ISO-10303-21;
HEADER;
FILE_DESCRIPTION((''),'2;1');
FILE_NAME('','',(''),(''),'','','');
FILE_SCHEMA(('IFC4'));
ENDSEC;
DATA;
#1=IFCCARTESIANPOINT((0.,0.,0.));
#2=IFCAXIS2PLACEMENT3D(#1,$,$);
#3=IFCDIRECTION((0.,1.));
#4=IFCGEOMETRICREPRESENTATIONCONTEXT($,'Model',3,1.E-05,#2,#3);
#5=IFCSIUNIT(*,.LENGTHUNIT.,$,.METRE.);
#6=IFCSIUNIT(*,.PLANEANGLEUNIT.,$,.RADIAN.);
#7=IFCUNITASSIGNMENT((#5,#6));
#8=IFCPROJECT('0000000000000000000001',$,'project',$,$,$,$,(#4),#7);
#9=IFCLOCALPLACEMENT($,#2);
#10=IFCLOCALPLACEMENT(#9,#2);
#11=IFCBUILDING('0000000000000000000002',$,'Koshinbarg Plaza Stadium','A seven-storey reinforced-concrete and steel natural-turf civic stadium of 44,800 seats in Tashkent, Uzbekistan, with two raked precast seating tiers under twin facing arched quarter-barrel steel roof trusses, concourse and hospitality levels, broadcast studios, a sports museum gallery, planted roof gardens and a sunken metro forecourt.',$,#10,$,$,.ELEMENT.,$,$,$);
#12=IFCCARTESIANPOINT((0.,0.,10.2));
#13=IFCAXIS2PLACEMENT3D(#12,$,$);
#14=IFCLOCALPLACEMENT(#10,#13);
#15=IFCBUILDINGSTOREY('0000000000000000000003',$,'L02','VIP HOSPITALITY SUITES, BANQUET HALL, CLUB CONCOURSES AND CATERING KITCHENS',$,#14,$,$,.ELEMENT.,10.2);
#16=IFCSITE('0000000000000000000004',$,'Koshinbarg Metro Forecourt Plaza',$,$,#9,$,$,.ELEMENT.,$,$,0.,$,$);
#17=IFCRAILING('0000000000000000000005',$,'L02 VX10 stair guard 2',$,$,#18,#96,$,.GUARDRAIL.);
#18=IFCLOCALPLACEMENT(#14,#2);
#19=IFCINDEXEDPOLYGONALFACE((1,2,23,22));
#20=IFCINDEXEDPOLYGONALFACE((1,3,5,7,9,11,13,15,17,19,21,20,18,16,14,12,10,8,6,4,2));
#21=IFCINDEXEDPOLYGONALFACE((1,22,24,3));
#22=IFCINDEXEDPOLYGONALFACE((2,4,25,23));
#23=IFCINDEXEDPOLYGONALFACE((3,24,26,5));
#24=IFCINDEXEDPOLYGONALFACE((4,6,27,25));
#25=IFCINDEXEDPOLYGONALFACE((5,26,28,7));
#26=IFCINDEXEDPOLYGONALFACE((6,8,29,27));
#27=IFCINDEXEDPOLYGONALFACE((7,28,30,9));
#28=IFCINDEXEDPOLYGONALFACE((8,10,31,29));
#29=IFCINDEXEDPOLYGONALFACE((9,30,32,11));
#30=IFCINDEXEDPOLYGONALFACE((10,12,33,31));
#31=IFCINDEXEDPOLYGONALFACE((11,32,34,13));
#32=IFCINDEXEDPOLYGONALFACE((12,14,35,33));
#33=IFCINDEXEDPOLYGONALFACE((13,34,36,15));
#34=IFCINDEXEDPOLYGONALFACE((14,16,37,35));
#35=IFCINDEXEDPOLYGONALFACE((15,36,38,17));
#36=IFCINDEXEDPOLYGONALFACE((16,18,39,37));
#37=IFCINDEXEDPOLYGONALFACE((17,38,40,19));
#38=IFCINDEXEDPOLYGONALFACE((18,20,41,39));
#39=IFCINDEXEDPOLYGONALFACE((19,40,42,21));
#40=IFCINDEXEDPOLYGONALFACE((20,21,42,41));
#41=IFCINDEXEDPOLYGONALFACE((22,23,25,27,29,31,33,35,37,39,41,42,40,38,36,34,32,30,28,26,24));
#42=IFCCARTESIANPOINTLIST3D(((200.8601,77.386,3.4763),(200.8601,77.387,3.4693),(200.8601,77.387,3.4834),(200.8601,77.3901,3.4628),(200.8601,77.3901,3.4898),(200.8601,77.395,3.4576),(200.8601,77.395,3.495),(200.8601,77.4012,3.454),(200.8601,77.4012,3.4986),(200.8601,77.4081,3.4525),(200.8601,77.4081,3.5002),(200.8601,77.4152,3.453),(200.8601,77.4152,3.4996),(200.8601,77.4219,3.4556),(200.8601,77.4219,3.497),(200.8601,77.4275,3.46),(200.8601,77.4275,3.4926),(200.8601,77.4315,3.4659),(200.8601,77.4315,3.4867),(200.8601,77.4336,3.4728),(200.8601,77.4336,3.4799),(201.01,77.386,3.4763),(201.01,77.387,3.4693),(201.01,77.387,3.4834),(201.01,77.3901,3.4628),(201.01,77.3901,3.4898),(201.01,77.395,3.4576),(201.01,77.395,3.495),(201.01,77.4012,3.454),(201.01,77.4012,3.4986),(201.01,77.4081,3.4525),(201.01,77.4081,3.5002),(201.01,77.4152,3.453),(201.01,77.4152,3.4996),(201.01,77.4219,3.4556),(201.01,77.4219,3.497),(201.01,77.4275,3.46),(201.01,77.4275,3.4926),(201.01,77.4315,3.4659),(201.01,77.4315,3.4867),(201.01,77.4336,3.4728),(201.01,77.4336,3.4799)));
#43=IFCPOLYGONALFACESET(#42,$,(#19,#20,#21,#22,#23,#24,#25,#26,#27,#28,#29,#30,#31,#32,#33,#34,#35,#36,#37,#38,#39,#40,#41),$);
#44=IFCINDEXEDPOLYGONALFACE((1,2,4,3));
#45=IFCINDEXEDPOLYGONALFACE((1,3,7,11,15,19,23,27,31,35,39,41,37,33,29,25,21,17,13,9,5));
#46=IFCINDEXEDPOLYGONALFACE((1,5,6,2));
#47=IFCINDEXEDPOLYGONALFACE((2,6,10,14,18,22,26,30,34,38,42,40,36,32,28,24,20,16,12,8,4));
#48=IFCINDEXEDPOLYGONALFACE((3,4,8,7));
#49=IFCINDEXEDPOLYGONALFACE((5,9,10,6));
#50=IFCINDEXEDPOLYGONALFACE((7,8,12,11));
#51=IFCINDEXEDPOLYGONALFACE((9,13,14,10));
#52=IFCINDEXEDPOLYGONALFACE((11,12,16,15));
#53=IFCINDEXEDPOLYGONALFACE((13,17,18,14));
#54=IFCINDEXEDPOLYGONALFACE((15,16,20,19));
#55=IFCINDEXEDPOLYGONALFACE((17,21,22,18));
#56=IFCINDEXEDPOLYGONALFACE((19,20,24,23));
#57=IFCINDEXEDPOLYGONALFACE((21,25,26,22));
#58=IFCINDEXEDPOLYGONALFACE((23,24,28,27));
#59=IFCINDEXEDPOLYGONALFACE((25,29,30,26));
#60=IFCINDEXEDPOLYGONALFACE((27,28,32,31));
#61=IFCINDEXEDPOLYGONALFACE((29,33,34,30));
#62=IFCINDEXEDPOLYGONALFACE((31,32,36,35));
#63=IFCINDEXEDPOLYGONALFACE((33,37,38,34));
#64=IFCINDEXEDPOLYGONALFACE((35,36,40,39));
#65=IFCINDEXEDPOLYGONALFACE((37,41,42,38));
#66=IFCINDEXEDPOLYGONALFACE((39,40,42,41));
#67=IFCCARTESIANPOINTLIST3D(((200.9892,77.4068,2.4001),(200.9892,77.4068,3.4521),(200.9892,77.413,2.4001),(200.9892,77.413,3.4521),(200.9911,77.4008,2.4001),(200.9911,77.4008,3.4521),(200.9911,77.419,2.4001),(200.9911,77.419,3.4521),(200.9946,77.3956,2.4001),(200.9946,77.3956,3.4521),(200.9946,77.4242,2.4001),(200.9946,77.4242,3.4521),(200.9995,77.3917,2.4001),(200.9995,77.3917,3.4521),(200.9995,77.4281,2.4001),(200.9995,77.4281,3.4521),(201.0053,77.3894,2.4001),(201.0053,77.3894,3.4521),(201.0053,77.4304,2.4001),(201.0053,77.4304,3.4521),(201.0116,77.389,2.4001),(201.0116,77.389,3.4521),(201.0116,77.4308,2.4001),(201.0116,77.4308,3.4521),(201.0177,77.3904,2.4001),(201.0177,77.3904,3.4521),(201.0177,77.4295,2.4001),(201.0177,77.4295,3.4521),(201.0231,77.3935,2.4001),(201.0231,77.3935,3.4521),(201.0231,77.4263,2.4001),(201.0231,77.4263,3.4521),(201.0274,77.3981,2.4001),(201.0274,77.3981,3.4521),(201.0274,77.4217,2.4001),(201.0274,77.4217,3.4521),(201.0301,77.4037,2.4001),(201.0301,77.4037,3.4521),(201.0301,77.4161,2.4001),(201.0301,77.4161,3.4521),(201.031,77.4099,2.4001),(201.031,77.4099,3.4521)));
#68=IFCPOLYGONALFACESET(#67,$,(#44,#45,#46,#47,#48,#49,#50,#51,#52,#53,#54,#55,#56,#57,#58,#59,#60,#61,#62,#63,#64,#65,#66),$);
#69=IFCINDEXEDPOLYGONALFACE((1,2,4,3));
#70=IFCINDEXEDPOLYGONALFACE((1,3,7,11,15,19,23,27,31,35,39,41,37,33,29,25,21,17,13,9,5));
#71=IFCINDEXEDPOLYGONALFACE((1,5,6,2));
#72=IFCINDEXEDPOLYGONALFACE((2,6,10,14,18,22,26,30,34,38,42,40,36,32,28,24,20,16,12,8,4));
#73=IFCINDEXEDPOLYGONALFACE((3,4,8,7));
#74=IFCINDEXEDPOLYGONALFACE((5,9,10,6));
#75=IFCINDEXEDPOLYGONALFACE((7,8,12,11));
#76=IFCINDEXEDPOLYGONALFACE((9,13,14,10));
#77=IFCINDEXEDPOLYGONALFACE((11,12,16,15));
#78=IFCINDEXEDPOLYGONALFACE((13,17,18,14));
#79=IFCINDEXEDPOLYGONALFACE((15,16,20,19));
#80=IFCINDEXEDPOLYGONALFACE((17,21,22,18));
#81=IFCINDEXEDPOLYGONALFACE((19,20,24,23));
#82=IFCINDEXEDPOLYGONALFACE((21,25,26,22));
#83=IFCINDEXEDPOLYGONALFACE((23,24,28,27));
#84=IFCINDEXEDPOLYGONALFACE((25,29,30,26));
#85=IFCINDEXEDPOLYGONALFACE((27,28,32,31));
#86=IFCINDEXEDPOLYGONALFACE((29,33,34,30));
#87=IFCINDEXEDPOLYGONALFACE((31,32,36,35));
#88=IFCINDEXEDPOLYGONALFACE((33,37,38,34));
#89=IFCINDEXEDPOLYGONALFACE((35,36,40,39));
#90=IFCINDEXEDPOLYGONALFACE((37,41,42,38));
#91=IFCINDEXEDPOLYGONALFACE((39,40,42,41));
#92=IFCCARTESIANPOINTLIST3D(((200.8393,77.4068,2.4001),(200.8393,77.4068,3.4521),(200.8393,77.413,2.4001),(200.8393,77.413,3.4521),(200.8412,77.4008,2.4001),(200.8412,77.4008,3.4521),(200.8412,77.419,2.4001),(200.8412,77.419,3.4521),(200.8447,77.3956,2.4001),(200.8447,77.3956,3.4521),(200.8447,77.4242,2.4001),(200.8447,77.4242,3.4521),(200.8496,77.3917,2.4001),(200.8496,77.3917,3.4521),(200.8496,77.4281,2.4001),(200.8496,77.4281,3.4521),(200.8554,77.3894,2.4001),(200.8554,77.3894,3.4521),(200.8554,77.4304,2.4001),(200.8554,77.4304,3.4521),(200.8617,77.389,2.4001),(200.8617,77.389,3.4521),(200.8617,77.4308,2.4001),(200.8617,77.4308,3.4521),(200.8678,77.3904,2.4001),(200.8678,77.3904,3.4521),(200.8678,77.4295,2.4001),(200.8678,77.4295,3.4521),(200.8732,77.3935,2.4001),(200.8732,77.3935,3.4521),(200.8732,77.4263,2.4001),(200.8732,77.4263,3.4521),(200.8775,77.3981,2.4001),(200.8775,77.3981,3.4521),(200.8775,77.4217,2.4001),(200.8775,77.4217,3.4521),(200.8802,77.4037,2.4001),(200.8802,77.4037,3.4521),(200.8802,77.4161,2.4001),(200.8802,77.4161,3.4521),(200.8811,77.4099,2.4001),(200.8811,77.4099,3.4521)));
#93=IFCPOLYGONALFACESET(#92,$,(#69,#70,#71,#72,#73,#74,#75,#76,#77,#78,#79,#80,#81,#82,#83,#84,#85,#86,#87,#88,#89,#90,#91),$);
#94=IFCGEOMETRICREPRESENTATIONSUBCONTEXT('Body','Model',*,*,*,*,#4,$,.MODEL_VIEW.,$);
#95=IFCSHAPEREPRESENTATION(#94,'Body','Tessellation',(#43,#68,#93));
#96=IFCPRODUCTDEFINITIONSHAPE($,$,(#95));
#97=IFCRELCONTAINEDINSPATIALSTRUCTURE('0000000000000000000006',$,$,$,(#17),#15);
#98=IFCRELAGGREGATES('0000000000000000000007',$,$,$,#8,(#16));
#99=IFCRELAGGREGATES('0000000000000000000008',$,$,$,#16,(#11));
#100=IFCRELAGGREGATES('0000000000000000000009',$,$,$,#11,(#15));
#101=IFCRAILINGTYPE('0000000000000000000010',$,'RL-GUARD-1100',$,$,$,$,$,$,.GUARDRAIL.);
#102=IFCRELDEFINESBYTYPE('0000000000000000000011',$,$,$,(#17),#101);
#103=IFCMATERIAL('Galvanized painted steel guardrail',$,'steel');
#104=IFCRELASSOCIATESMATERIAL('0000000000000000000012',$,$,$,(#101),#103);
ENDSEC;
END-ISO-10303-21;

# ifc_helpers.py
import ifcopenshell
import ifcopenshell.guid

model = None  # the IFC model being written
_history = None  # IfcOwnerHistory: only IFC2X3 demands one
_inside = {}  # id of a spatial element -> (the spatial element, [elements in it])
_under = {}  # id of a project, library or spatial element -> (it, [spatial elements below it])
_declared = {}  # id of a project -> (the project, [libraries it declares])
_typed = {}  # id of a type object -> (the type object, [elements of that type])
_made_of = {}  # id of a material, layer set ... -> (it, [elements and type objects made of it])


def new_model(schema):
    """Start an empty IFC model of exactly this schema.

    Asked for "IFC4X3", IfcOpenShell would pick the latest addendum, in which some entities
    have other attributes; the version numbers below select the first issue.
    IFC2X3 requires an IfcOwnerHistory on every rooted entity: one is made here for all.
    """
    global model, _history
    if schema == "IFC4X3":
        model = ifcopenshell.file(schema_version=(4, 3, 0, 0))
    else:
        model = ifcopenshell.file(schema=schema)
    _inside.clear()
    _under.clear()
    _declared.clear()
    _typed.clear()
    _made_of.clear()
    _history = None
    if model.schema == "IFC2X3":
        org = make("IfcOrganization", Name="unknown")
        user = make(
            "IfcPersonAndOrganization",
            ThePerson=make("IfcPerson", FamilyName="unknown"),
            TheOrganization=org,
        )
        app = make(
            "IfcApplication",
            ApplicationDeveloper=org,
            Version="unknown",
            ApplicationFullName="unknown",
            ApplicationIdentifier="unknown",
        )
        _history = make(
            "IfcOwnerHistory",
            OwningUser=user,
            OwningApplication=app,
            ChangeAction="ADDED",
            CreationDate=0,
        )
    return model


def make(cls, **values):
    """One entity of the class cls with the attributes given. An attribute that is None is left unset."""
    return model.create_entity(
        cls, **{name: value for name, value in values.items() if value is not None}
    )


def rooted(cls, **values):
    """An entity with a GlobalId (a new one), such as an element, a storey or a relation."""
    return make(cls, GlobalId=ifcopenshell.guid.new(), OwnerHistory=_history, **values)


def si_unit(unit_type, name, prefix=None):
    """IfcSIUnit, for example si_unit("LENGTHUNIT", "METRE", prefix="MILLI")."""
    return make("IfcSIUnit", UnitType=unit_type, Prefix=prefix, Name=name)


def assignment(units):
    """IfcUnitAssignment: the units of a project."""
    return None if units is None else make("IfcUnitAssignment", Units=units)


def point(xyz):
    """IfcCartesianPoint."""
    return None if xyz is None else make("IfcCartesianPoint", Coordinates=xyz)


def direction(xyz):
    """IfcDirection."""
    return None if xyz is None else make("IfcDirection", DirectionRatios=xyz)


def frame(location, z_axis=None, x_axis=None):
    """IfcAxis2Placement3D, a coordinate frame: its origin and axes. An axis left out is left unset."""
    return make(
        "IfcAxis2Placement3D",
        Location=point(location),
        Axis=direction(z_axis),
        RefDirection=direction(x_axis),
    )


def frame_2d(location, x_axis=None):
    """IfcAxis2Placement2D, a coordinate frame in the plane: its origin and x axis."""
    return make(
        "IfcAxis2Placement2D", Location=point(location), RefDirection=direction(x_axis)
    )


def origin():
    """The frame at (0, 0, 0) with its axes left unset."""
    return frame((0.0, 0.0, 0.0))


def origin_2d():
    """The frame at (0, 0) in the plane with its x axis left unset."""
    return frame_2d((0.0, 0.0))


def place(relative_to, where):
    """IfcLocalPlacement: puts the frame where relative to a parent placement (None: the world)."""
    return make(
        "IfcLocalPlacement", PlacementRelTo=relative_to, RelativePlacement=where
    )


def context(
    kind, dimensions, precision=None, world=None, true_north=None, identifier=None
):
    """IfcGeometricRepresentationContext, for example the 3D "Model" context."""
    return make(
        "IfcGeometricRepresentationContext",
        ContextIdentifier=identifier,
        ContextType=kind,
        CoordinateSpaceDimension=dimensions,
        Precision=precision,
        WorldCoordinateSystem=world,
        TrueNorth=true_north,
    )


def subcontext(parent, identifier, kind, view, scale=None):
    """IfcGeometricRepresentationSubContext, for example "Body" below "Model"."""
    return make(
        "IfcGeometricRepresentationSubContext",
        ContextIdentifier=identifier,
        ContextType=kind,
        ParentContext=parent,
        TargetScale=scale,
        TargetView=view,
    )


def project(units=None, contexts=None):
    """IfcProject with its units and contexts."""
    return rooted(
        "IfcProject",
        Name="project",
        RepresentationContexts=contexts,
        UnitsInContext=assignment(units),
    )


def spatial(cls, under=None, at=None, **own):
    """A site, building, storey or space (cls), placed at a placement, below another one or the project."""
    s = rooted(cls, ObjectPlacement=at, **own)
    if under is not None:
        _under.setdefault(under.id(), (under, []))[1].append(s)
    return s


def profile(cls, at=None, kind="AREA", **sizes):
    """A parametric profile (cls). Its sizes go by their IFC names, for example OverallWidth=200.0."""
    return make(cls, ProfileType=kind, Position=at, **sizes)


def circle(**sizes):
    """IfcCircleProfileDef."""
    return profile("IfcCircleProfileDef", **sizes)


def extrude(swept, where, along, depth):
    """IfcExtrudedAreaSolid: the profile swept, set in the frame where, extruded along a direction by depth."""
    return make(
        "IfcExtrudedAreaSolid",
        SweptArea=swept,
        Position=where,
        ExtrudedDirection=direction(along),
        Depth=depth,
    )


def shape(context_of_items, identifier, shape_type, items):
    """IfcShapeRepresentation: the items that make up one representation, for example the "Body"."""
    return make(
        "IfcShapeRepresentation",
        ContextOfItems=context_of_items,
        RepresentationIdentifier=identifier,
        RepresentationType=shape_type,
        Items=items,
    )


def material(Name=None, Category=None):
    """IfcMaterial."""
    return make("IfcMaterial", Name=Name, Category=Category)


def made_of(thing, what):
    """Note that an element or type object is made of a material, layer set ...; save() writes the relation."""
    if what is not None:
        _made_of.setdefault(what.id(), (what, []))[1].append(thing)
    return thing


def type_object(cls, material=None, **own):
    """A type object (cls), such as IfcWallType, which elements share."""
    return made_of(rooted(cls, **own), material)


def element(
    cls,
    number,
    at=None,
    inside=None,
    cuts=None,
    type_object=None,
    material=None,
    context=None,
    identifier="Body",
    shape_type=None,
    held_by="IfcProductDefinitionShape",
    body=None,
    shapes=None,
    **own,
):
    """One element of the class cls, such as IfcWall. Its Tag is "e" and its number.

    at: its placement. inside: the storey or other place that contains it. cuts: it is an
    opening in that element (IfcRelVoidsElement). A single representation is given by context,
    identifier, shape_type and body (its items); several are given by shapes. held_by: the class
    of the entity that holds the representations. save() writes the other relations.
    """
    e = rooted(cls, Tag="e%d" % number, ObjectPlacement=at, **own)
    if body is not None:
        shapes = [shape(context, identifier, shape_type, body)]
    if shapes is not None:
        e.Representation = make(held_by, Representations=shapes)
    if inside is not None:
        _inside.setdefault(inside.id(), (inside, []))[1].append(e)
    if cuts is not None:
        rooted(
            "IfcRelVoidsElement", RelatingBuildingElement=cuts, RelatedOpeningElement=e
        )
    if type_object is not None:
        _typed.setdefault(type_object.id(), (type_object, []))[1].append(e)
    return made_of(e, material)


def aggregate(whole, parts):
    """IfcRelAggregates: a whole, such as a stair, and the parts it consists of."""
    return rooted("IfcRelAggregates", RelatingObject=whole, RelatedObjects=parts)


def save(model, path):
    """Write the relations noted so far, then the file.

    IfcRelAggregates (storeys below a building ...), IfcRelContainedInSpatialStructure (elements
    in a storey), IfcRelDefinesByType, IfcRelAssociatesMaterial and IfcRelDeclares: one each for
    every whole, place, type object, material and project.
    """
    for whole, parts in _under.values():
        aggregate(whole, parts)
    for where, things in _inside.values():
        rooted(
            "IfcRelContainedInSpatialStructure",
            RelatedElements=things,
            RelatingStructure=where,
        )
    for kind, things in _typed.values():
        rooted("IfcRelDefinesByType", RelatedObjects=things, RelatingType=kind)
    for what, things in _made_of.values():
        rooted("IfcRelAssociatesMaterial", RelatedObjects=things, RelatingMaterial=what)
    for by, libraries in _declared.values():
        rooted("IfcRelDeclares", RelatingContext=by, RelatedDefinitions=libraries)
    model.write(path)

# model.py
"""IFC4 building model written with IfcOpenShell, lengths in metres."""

from ifc_helpers import new_model, si_unit, direction, frame, origin, origin_2d, place, context, subcontext, project, spatial, circle, extrude, material, type_object, element, save


model = new_model("IFC4")

# Units and contexts
model_context = context("Model", 3, precision=1e-05, world=origin(), true_north=direction((0.0, 1.0)))
body_context = subcontext(model_context, "Body", "Model", "MODEL_VIEW")
ifc_project = project(units=[si_unit("LENGTHUNIT", "METRE"), si_unit("PLANEANGLEUNIT", "RADIAN")], contexts=[model_context])

# Site, building, storey
site_placement = place(None, origin())
site = spatial("IfcSite", under=ifc_project, at=site_placement, Name="Koshinbarg Metro Forecourt Plaza", CompositionType="ELEMENT", RefElevation=0.0)
building_placement = place(site_placement, origin())
building = spatial("IfcBuilding", under=site, at=building_placement, Name="Koshinbarg Plaza Stadium", Description="A seven-storey reinforced-concrete and steel natural-turf civic stadium of 44,800 seats in Tashkent, Uzbekistan, with two raked precast seating tiers under twin facing arched quarter-barrel steel roof trusses, concourse and hospitality levels, broadcast studios, a sports museum gallery, planted roof gardens and a sunken metro forecourt.", CompositionType="ELEMENT")
storey_placement = place(building_placement, frame((0.0, 0.0, 10.2)))
storey = spatial("IfcBuildingStorey", under=building, at=storey_placement, Name="L02", Description="VIP HOSPITALITY SUITES, BANQUET HALL, CLUB CONCOURSES AND CATERING KITCHENS", CompositionType="ELEMENT", Elevation=10.2)

# Railing
ifc_material_1 = material(Name="Galvanized painted steel guardrail", Category="steel")
railing_type_1 = type_object("IfcRailingType", Name="RL-GUARD-1100", PredefinedType="GUARDRAIL", material=ifc_material_1)
railing_1_placement = place(storey_placement, frame((201.01, 77.4099, 2.4001)))
element("IfcRailing", 1, at=railing_1_placement, inside=storey, type_object=railing_type_1, Name="L02 VX10 stair guard 2", PredefinedType="GUARDRAIL", context=body_context, shape_type="SweptSolid", body=[
    extrude(circle(Radius=0.0239, at=origin_2d()), frame((0.0, 0.0, 1.0762), z_axis=(-1.0, 0.0, 0.0), x_axis=(0.0, -1.0, 0.0)), (0.0, 0.0, 1.0), 0.1499),
    extrude(circle(Radius=0.021, at=origin_2d()), origin(), (0.0, 0.0, 1.0), 1.052),
    extrude(circle(Radius=0.021, at=origin_2d()), frame((-0.1499, 0.0, 0.0)), (0.0, 0.0, 1.0), 1.052),
])

save(model, "model.ifc")
